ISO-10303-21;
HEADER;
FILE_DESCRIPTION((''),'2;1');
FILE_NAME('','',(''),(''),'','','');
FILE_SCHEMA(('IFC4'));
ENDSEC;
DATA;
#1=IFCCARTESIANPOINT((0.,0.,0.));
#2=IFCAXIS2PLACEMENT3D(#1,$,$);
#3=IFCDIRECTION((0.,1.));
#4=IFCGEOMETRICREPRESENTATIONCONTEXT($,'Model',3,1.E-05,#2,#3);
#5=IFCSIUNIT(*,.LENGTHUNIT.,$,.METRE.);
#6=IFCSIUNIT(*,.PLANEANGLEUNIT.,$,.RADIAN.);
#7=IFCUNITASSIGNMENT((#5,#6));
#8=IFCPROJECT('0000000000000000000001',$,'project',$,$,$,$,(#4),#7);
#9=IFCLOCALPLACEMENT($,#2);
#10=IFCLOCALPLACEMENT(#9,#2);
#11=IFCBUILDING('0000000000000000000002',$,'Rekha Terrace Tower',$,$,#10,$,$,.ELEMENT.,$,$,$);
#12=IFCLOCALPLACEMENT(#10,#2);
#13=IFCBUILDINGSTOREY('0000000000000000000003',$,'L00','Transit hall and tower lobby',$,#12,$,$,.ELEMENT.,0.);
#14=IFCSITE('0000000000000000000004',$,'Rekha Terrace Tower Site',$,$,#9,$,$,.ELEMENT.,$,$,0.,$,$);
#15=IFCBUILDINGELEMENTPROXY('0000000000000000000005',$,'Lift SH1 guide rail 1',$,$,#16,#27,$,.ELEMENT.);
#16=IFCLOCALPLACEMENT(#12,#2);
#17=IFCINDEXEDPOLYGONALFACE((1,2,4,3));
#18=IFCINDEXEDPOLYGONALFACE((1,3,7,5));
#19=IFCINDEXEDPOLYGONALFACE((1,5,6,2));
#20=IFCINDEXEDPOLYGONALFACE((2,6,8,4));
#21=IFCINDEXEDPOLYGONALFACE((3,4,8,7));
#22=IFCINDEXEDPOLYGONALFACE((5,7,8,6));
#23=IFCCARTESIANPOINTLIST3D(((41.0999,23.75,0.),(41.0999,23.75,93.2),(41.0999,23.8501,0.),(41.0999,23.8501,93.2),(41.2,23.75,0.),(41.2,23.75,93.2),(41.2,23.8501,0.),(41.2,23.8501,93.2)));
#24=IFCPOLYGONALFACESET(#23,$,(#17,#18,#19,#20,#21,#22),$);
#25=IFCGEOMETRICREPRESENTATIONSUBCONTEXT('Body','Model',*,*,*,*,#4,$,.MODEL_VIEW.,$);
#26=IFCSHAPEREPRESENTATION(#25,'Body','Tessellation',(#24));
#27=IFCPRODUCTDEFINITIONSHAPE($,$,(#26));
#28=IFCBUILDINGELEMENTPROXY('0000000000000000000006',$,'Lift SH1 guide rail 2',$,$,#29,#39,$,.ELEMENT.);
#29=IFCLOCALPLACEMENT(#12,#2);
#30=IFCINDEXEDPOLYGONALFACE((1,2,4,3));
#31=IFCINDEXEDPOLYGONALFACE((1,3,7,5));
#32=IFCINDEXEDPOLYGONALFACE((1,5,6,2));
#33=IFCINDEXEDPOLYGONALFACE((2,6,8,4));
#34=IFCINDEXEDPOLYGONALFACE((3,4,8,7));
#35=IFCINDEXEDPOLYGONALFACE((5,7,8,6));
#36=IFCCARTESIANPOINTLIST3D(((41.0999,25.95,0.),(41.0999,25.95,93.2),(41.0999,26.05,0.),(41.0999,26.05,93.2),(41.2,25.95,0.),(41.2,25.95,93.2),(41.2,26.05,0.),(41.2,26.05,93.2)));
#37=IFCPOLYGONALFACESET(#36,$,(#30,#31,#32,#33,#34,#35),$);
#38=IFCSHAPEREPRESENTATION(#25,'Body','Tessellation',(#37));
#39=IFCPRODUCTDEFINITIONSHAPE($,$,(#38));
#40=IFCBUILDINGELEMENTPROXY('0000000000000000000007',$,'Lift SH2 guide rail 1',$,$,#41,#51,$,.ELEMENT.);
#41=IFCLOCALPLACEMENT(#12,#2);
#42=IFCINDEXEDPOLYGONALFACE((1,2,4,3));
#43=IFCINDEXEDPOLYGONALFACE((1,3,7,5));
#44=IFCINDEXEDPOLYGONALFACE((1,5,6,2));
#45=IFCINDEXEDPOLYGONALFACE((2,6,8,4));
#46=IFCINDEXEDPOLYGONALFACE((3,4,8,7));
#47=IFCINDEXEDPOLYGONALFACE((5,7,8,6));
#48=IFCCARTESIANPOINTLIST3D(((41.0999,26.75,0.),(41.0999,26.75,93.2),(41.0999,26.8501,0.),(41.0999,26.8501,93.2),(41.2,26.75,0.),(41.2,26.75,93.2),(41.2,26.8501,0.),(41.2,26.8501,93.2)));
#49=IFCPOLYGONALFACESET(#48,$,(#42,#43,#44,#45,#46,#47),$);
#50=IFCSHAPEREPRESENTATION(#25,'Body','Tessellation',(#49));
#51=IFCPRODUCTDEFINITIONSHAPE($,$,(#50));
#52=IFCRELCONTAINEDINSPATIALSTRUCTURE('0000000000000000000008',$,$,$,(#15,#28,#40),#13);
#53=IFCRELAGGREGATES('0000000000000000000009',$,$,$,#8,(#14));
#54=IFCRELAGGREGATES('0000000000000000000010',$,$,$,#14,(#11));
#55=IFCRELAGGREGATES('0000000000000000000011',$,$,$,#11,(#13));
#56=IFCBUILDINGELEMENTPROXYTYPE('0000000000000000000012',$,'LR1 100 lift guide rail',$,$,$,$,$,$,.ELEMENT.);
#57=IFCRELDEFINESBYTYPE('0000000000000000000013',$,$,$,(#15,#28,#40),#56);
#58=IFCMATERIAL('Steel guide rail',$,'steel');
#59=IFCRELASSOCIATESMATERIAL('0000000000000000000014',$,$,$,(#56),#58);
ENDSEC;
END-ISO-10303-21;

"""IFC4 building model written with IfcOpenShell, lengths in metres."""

from ifc_helpers import new_model, si_unit, direction, frame, origin, origin_2d, place, context, subcontext, project, spatial, rectangle, extrude, material, type_object, element, save


model = new_model("IFC4")

# Units and contexts
model_context = context("Model", 3, precision=1e-05, world=origin(), true_north=direction((0.0, 1.0)))
body_context = subcontext(model_context, "Body", "Model", "MODEL_VIEW")
ifc_project = project(units=[si_unit("LENGTHUNIT", "METRE"), si_unit("PLANEANGLEUNIT", "RADIAN")], contexts=[model_context])

# Site, building, storey
site_placement = place(None, origin())
site = spatial("IfcSite", under=ifc_project, at=site_placement, Name="Rekha Terrace Tower Site", CompositionType="ELEMENT", RefElevation=0.0)
building_placement = place(site_placement, origin())
building = spatial("IfcBuilding", under=site, at=building_placement, Name="Rekha Terrace Tower", CompositionType="ELEMENT")
storey_placement = place(building_placement, origin())
storey = spatial("IfcBuildingStorey", under=building, at=storey_placement, Name="L00", Description="Transit hall and tower lobby", CompositionType="ELEMENT", Elevation=0.0)

# Building element proxies
ifc_material_1 = material(Name="Steel guide rail", Category="steel")
building_element_proxy_type = type_object("IfcBuildingElementProxyType", Name="LR1 100 lift guide rail", PredefinedType="ELEMENT", material=ifc_material_1)
for number, where, z_axis, x_axis, name in (
    (1, (41.1499, 23.8, 0.0), (0.0, 0.0, 1.0), (1.0, 0.0, 0.0), "Lift SH1 guide rail 1"),
    (2, (41.1499, 26.0, 0.0), (0.0, 0.0, 1.0), (1.0, 0.0, 0.0), "Lift SH1 guide rail 2"),
    (3, (41.1499, 26.8, 0.0), (0.0, 0.0, 1.0), (1.0, 0.0, 0.0), "Lift SH2 guide rail 1"),
):
    element("IfcBuildingElementProxy", number, at=place(storey_placement, frame(where, z_axis=z_axis, x_axis=x_axis)), inside=storey, type_object=building_element_proxy_type, Name=name, PredefinedType="ELEMENT", context=body_context, shape_type="SweptSolid", body=[
        extrude(rectangle(XDim=0.1001, YDim=0.1001, at=origin_2d()), origin(), (0.0, 0.0, 1.0), 93.2),
    ])

save(model, "model.ifc")
